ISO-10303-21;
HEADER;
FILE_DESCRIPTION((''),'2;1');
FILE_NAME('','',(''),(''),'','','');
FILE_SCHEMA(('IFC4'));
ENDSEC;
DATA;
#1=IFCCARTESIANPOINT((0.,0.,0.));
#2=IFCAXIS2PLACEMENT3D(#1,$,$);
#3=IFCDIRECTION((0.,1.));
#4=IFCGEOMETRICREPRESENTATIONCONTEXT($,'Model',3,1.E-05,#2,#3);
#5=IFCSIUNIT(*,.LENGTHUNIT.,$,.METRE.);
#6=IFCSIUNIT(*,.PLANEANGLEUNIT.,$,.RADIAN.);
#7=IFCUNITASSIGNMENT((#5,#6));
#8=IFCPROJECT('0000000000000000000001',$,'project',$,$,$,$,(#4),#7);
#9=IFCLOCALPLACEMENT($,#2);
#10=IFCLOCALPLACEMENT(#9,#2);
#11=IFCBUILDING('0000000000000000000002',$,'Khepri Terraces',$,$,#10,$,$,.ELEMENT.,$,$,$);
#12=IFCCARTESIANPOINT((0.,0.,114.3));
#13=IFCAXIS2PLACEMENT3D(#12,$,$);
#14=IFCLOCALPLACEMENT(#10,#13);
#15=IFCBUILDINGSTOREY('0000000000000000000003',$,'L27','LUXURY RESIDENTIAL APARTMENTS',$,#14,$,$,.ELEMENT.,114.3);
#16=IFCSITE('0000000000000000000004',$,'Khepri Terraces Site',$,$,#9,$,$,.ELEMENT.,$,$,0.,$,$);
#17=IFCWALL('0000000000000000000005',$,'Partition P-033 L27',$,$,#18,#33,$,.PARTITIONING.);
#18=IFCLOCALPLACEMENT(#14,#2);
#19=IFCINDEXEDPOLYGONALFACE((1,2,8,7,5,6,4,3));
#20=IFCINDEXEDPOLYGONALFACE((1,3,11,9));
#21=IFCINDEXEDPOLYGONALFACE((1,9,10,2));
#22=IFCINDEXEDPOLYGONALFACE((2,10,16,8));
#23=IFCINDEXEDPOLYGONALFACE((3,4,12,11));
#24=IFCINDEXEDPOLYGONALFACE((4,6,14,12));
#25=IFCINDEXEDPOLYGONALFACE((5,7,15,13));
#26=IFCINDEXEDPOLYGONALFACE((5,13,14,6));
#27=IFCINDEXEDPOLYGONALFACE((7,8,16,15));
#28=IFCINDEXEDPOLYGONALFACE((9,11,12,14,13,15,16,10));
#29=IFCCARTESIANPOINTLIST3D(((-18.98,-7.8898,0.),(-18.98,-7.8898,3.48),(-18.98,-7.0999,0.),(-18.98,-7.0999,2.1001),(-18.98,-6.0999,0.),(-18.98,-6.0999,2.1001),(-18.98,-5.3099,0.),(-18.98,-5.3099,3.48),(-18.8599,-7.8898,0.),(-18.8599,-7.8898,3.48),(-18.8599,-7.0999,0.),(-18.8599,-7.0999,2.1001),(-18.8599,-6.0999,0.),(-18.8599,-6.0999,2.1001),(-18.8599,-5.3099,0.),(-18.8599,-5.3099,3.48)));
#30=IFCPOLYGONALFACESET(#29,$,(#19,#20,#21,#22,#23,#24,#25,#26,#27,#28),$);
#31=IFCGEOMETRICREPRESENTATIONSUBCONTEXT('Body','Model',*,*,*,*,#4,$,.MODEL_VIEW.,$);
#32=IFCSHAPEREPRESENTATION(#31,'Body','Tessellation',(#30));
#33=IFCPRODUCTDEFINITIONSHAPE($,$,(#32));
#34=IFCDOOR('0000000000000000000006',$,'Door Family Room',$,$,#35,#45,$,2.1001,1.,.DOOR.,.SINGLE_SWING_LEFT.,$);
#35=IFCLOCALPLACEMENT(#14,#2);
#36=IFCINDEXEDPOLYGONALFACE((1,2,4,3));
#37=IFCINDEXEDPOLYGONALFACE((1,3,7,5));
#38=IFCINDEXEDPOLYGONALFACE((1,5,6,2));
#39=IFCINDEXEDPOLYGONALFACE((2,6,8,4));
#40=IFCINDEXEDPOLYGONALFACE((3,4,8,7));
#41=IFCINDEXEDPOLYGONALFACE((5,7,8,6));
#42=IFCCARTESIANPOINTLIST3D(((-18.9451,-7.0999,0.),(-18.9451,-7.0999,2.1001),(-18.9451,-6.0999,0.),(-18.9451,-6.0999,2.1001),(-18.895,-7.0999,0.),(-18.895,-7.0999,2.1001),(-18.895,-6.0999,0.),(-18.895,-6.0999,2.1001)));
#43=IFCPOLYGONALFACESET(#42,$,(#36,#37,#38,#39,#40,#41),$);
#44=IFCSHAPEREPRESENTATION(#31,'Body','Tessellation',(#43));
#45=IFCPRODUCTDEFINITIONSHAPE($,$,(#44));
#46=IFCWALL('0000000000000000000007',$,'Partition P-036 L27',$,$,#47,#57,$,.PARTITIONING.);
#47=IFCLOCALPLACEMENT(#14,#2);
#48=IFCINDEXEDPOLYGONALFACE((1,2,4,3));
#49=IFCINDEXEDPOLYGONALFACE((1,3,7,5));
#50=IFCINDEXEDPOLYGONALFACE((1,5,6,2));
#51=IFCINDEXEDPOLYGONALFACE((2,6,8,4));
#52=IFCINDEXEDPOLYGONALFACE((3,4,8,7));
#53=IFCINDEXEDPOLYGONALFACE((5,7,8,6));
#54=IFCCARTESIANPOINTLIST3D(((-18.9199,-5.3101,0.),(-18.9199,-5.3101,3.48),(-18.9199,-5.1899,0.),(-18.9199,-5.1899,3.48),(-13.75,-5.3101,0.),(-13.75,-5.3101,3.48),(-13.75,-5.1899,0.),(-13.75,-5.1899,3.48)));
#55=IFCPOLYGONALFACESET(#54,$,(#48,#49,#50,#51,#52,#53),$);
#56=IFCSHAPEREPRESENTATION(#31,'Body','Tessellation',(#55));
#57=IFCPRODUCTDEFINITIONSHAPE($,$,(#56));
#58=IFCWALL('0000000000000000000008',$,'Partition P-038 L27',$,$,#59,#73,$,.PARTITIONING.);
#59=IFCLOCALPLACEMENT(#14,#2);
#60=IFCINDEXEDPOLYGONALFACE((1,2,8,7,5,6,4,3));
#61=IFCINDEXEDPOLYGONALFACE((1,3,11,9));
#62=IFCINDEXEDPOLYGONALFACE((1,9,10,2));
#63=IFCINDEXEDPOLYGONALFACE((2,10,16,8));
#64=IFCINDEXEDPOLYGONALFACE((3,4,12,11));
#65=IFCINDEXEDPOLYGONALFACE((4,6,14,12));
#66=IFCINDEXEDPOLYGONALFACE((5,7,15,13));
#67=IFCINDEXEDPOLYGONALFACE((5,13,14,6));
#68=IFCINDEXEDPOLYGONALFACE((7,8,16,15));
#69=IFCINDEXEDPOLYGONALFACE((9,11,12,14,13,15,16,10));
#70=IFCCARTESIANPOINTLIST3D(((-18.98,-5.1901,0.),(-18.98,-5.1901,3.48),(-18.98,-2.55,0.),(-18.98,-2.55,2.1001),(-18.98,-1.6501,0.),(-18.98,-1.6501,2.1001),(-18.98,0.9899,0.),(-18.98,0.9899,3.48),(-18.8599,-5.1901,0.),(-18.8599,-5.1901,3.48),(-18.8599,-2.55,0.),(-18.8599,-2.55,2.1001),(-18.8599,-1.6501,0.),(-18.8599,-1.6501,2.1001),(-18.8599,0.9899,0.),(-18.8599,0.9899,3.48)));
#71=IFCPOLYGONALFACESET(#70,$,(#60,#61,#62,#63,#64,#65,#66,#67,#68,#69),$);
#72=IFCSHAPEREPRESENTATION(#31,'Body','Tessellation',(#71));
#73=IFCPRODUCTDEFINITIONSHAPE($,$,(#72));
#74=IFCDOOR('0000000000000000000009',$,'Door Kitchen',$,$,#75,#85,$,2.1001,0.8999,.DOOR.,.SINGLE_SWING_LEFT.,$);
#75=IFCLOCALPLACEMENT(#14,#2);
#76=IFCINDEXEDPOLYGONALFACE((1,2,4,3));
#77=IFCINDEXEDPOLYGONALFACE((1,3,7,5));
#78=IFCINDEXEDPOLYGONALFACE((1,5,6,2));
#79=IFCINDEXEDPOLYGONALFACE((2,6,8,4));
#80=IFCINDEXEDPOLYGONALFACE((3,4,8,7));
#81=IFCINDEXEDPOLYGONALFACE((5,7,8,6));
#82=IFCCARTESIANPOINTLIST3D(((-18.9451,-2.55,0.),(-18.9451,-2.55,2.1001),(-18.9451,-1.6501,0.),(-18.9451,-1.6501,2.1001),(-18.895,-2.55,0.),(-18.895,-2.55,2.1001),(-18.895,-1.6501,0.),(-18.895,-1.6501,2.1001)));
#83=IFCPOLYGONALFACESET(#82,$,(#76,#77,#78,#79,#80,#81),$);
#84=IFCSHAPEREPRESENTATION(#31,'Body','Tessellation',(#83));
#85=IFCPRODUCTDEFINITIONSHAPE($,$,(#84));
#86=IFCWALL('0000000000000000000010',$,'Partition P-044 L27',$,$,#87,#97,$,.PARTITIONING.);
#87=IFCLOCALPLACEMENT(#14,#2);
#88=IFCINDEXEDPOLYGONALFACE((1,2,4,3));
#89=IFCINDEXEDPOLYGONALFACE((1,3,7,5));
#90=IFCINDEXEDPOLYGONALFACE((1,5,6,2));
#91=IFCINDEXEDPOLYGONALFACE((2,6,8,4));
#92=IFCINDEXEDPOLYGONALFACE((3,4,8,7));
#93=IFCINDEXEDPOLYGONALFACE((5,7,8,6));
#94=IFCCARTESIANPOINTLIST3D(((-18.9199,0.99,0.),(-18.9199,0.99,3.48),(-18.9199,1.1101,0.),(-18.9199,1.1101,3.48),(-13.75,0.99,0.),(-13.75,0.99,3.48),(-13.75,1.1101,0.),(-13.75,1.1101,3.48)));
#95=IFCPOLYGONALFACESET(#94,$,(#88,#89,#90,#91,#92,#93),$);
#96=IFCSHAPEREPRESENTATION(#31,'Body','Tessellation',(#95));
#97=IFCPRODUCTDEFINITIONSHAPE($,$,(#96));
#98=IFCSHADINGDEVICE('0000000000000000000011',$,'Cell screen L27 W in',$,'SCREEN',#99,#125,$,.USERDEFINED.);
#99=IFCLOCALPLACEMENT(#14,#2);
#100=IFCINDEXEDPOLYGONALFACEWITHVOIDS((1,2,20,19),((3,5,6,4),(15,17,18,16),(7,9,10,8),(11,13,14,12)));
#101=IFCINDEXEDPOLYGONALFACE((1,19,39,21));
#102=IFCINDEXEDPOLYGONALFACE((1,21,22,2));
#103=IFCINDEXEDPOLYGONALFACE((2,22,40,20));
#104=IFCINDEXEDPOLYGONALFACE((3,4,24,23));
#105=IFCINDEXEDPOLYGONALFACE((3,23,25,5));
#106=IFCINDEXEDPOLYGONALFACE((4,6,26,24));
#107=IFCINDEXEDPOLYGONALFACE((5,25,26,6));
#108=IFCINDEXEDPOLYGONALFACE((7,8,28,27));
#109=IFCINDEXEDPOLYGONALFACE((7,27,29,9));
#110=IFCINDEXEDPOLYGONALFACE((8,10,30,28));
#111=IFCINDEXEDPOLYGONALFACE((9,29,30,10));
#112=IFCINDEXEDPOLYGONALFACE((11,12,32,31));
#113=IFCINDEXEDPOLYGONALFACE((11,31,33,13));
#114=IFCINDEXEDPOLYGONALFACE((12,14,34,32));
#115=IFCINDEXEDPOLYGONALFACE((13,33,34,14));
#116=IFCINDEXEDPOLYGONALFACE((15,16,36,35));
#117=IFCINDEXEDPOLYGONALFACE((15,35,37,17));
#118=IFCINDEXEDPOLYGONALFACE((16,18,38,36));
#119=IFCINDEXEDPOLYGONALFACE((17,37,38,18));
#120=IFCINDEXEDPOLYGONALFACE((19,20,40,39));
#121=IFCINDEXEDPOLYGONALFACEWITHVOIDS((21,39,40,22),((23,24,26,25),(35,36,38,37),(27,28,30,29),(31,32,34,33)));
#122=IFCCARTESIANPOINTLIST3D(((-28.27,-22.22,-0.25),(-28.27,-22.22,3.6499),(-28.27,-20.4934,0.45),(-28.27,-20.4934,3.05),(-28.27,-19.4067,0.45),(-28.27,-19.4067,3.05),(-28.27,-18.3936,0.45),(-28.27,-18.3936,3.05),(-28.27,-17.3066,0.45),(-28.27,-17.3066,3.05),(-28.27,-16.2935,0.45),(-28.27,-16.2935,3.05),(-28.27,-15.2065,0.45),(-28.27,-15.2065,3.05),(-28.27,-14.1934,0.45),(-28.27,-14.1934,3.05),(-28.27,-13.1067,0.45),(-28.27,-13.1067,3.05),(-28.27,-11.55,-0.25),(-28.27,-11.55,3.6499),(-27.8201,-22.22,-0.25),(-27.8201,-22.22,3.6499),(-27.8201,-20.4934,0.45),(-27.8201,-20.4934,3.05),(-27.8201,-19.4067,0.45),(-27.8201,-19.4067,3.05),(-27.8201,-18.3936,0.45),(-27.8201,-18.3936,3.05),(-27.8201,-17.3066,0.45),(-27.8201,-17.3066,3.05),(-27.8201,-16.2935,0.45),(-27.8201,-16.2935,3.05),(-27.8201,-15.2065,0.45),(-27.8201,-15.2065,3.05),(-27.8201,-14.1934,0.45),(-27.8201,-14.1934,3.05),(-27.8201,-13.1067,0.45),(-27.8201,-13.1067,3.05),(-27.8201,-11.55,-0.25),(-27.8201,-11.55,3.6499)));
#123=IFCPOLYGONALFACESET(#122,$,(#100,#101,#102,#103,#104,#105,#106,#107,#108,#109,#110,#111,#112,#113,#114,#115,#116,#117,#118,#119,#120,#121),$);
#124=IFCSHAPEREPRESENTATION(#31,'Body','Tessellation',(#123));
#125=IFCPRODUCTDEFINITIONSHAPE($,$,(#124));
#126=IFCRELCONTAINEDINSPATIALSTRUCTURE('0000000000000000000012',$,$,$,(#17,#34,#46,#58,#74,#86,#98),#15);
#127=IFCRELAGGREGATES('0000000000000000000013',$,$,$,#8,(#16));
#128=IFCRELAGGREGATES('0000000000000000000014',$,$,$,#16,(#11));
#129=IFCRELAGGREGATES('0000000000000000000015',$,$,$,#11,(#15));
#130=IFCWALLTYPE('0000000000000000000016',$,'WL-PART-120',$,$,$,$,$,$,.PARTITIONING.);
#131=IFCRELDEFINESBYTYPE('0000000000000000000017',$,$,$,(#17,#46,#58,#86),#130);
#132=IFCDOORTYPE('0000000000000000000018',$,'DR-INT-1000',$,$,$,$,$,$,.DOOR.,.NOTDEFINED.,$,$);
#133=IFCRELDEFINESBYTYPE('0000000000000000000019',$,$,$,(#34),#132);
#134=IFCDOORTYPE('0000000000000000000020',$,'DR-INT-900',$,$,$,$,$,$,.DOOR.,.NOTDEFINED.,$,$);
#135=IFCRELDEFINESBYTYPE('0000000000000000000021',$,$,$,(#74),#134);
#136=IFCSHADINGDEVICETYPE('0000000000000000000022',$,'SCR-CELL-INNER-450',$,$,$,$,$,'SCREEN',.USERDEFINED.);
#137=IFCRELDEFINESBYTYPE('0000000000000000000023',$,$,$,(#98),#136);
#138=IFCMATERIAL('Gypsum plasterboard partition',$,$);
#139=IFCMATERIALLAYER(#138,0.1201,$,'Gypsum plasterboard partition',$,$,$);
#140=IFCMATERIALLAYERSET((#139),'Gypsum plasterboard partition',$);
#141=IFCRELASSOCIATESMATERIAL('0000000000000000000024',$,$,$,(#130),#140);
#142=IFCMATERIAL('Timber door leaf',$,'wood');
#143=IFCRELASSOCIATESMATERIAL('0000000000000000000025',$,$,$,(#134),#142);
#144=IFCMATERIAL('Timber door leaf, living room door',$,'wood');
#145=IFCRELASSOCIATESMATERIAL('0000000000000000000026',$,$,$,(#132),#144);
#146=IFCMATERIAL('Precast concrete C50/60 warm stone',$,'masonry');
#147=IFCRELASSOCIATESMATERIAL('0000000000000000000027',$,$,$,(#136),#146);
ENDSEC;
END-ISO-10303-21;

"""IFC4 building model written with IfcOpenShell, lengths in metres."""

from ifc_helpers import new_model, si_unit, direction, frame, frame_2d, origin, place, context, subcontext, project, spatial, polyline, rectangle, outline, extrude, material, layer, layer_set, type_object, element, fill, save


model = new_model("IFC4")

# Units and contexts
model_context = context("Model", 3, precision=1e-05, world=origin(), true_north=direction((0.0, 1.0)))
body_context = subcontext(model_context, "Body", "Model", "MODEL_VIEW")
ifc_project = project(units=[si_unit("LENGTHUNIT", "METRE"), si_unit("PLANEANGLEUNIT", "RADIAN")], contexts=[model_context])

# Site, building, storey
site_placement = place(None, origin())
site = spatial("IfcSite", under=ifc_project, at=site_placement, Name="Khepri Terraces Site", CompositionType="ELEMENT", RefElevation=0.0)
building_placement = place(site_placement, origin())
building = spatial("IfcBuilding", under=site, at=building_placement, Name="Khepri Terraces", CompositionType="ELEMENT")
storey_placement = place(building_placement, frame((0.0, 0.0, 114.3)))
storey = spatial("IfcBuildingStorey", under=building, at=storey_placement, Name="L27", Description="LUXURY RESIDENTIAL APARTMENTS", CompositionType="ELEMENT", Elevation=114.3)

# Shared definitions
ifc_material_1 = material(Name="Gypsum plasterboard partition")
ifc_layer_1 = layer(ifc_material_1, 0.1201, Name="Gypsum plasterboard partition")
ifc_layer_set_1 = layer_set([ifc_layer_1], Name="Gypsum plasterboard partition")
wall_type_1 = type_object("IfcWallType", Name="WL-PART-120", PredefinedType="PARTITIONING", material=ifc_layer_set_1)

# Shared definitions
ifc_material_2 = material(Name="Timber door leaf", Category="wood")
door_type_1 = type_object("IfcDoorType", Name="DR-INT-900", OperationType="NOTDEFINED", PredefinedType="DOOR", material=ifc_material_2)

# Wall, opening, door
wall_1_placement = place(storey_placement, frame((-18.9199, -7.8899, 0.0), z_axis=(0.0, 0.0, 1.0), x_axis=(0.0, 1.0, 0.0)))
wall_1 = element("IfcWall", 1, at=wall_1_placement, inside=storey, type_object=wall_type_1, Name="Partition P-033 L27", PredefinedType="PARTITIONING", context=body_context, shape_type="SweptSolid", body=[
    extrude(rectangle(XDim=2.5798, YDim=0.1201, at=frame_2d((1.29, 0.0))), origin(), (0.0, 0.0, 1.0), 3.48),
])
opening_1_placement = place(wall_1_placement, frame((0.79, 0.0, 0.0)))
opening_1 = element("IfcOpeningElement", 2, at=opening_1_placement, cuts=wall_1, PredefinedType="OPENING", context=body_context, shape_type="SweptSolid", body=[
    extrude(rectangle(XDim=1.0, YDim=2.1001, at=frame_2d((0.5, 1.05))), frame((0.0, 0.0701, 0.0), z_axis=(0.0, -1.0, 0.0), x_axis=(1.0, 0.0, 0.0)), (0.0, 0.0, 1.0), 0.1401),
])
ifc_material_3 = material(Name="Timber door leaf, living room door", Category="wood")
door_type_2 = type_object("IfcDoorType", Name="DR-INT-1000", OperationType="NOTDEFINED", PredefinedType="DOOR", material=ifc_material_3)
door_1_placement = place(opening_1_placement, frame((1.0, 0.0, 0.0), z_axis=(0.0, 0.0, 1.0), x_axis=(-1.0, 0.0, 0.0)))
door_1 = element("IfcDoor", 3, at=door_1_placement, inside=storey, type_object=door_type_2, Name="Door Family Room", OperationType="SINGLE_SWING_LEFT", OverallHeight=2.1001, OverallWidth=1.0, PredefinedType="DOOR", context=body_context, shape_type="SweptSolid", body=[
    extrude(rectangle(XDim=1.0, YDim=2.1001, at=frame_2d((0.5, 1.05))), frame((0.0, 0.0249, 0.0), z_axis=(0.0, -1.0, 0.0), x_axis=(1.0, 0.0, 0.0)), (0.0, 0.0, 1.0), 0.05),
])
fill(opening_1, door_1)

# Wall
wall_2_placement = place(storey_placement, frame((-18.9199, -5.25, 0.0), z_axis=(0.0, 0.0, 1.0), x_axis=(1.0, 0.0, 0.0)))
element("IfcWall", 4, at=wall_2_placement, inside=storey, type_object=wall_type_1, Name="Partition P-036 L27", PredefinedType="PARTITIONING", context=body_context, shape_type="SweptSolid", body=[
    extrude(rectangle(XDim=5.1699, YDim=0.1201, at=frame_2d((2.585, 0.0))), origin(), (0.0, 0.0, 1.0), 3.48),
])

# Wall, opening, door
wall_3_placement = place(storey_placement, frame((-18.9199, -5.1899, 0.0), z_axis=(0.0, 0.0, 1.0), x_axis=(0.0, 1.0, 0.0)))
wall_3 = element("IfcWall", 5, at=wall_3_placement, inside=storey, type_object=wall_type_1, Name="Partition P-038 L27", PredefinedType="PARTITIONING", context=body_context, shape_type="SweptSolid", body=[
    extrude(rectangle(XDim=6.1799, YDim=0.1201, at=frame_2d((3.0898, 0.0))), origin(), (0.0, 0.0, 1.0), 3.48),
])
opening_2_placement = place(wall_3_placement, frame((2.6399, 0.0, 0.0)))
opening_2 = element("IfcOpeningElement", 6, at=opening_2_placement, cuts=wall_3, PredefinedType="OPENING", context=body_context, shape_type="SweptSolid", body=[
    extrude(rectangle(XDim=0.8999, YDim=2.1001, at=frame_2d((0.45, 1.05))), frame((0.0, 0.0701, 0.0), z_axis=(0.0, -1.0, 0.0), x_axis=(1.0, 0.0, 0.0)), (0.0, 0.0, 1.0), 0.1401),
])
door_2_placement = place(opening_2_placement, frame((0.8999, 0.0, 0.0), z_axis=(0.0, 0.0, 1.0), x_axis=(-1.0, 0.0, 0.0)))
door_2 = element("IfcDoor", 7, at=door_2_placement, inside=storey, type_object=door_type_1, Name="Door Kitchen", OperationType="SINGLE_SWING_LEFT", OverallHeight=2.1001, OverallWidth=0.8999, PredefinedType="DOOR", context=body_context, shape_type="SweptSolid", body=[
    extrude(rectangle(XDim=0.8999, YDim=2.1001, at=frame_2d((0.45, 1.05))), frame((0.0, 0.0249, 0.0), z_axis=(0.0, -1.0, 0.0), x_axis=(1.0, 0.0, 0.0)), (0.0, 0.0, 1.0), 0.05),
])
fill(opening_2, door_2)

# Wall
wall_4_placement = place(storey_placement, frame((-18.9199, 1.05, 0.0), z_axis=(0.0, 0.0, 1.0), x_axis=(1.0, 0.0, 0.0)))
element("IfcWall", 8, at=wall_4_placement, inside=storey, type_object=wall_type_1, Name="Partition P-044 L27", PredefinedType="PARTITIONING", context=body_context, shape_type="SweptSolid", body=[
    extrude(rectangle(XDim=5.1699, YDim=0.1201, at=frame_2d((2.585, 0.0))), origin(), (0.0, 0.0, 1.0), 3.48),
])

# Shading device
ifc_material_4 = material(Name="Precast concrete C50/60 warm stone", Category="masonry")
shading_device_type = type_object("IfcShadingDeviceType", Name="SCR-CELL-INNER-450", ElementType="SCREEN", PredefinedType="USERDEFINED", material=ifc_material_4)
shading_device_placement = place(storey_placement, frame((-27.8201, -11.55, -0.25), z_axis=(-1.0, 0.0, 0.0), x_axis=(0.0, -1.0, 0.0)))
element("IfcShadingDevice", 9, at=shading_device_placement, inside=storey, type_object=shading_device_type, Name="Cell screen L27 W in", ObjectType="SCREEN", PredefinedType="USERDEFINED", context=body_context, shape_type="SweptSolid", body=[
    extrude(outline(polyline([(0.0, 0.0), (10.6699, 0.0), (10.6699, 3.8999), (0.0, 3.8999), (0.0, 0.0)]), holes=[polyline([(1.5566, 0.7), (2.6433, 0.7), (2.6433, 3.3), (1.5566, 3.3), (1.5566, 0.7)]), polyline([(3.6565, 0.7), (4.7434, 0.7), (4.7434, 3.3), (3.6565, 3.3), (3.6565, 0.7)]), polyline([(5.7566, 0.7), (6.8435, 0.7), (6.8435, 3.3), (5.7566, 3.3), (5.7566, 0.7)]), polyline([(7.8567, 0.7), (8.9434, 0.7), (8.9434, 3.3), (7.8567, 3.3), (7.8567, 0.7)])]), origin(), (0.0, 0.0, 1.0), 0.45),
])

save(model, "model.ifc")
